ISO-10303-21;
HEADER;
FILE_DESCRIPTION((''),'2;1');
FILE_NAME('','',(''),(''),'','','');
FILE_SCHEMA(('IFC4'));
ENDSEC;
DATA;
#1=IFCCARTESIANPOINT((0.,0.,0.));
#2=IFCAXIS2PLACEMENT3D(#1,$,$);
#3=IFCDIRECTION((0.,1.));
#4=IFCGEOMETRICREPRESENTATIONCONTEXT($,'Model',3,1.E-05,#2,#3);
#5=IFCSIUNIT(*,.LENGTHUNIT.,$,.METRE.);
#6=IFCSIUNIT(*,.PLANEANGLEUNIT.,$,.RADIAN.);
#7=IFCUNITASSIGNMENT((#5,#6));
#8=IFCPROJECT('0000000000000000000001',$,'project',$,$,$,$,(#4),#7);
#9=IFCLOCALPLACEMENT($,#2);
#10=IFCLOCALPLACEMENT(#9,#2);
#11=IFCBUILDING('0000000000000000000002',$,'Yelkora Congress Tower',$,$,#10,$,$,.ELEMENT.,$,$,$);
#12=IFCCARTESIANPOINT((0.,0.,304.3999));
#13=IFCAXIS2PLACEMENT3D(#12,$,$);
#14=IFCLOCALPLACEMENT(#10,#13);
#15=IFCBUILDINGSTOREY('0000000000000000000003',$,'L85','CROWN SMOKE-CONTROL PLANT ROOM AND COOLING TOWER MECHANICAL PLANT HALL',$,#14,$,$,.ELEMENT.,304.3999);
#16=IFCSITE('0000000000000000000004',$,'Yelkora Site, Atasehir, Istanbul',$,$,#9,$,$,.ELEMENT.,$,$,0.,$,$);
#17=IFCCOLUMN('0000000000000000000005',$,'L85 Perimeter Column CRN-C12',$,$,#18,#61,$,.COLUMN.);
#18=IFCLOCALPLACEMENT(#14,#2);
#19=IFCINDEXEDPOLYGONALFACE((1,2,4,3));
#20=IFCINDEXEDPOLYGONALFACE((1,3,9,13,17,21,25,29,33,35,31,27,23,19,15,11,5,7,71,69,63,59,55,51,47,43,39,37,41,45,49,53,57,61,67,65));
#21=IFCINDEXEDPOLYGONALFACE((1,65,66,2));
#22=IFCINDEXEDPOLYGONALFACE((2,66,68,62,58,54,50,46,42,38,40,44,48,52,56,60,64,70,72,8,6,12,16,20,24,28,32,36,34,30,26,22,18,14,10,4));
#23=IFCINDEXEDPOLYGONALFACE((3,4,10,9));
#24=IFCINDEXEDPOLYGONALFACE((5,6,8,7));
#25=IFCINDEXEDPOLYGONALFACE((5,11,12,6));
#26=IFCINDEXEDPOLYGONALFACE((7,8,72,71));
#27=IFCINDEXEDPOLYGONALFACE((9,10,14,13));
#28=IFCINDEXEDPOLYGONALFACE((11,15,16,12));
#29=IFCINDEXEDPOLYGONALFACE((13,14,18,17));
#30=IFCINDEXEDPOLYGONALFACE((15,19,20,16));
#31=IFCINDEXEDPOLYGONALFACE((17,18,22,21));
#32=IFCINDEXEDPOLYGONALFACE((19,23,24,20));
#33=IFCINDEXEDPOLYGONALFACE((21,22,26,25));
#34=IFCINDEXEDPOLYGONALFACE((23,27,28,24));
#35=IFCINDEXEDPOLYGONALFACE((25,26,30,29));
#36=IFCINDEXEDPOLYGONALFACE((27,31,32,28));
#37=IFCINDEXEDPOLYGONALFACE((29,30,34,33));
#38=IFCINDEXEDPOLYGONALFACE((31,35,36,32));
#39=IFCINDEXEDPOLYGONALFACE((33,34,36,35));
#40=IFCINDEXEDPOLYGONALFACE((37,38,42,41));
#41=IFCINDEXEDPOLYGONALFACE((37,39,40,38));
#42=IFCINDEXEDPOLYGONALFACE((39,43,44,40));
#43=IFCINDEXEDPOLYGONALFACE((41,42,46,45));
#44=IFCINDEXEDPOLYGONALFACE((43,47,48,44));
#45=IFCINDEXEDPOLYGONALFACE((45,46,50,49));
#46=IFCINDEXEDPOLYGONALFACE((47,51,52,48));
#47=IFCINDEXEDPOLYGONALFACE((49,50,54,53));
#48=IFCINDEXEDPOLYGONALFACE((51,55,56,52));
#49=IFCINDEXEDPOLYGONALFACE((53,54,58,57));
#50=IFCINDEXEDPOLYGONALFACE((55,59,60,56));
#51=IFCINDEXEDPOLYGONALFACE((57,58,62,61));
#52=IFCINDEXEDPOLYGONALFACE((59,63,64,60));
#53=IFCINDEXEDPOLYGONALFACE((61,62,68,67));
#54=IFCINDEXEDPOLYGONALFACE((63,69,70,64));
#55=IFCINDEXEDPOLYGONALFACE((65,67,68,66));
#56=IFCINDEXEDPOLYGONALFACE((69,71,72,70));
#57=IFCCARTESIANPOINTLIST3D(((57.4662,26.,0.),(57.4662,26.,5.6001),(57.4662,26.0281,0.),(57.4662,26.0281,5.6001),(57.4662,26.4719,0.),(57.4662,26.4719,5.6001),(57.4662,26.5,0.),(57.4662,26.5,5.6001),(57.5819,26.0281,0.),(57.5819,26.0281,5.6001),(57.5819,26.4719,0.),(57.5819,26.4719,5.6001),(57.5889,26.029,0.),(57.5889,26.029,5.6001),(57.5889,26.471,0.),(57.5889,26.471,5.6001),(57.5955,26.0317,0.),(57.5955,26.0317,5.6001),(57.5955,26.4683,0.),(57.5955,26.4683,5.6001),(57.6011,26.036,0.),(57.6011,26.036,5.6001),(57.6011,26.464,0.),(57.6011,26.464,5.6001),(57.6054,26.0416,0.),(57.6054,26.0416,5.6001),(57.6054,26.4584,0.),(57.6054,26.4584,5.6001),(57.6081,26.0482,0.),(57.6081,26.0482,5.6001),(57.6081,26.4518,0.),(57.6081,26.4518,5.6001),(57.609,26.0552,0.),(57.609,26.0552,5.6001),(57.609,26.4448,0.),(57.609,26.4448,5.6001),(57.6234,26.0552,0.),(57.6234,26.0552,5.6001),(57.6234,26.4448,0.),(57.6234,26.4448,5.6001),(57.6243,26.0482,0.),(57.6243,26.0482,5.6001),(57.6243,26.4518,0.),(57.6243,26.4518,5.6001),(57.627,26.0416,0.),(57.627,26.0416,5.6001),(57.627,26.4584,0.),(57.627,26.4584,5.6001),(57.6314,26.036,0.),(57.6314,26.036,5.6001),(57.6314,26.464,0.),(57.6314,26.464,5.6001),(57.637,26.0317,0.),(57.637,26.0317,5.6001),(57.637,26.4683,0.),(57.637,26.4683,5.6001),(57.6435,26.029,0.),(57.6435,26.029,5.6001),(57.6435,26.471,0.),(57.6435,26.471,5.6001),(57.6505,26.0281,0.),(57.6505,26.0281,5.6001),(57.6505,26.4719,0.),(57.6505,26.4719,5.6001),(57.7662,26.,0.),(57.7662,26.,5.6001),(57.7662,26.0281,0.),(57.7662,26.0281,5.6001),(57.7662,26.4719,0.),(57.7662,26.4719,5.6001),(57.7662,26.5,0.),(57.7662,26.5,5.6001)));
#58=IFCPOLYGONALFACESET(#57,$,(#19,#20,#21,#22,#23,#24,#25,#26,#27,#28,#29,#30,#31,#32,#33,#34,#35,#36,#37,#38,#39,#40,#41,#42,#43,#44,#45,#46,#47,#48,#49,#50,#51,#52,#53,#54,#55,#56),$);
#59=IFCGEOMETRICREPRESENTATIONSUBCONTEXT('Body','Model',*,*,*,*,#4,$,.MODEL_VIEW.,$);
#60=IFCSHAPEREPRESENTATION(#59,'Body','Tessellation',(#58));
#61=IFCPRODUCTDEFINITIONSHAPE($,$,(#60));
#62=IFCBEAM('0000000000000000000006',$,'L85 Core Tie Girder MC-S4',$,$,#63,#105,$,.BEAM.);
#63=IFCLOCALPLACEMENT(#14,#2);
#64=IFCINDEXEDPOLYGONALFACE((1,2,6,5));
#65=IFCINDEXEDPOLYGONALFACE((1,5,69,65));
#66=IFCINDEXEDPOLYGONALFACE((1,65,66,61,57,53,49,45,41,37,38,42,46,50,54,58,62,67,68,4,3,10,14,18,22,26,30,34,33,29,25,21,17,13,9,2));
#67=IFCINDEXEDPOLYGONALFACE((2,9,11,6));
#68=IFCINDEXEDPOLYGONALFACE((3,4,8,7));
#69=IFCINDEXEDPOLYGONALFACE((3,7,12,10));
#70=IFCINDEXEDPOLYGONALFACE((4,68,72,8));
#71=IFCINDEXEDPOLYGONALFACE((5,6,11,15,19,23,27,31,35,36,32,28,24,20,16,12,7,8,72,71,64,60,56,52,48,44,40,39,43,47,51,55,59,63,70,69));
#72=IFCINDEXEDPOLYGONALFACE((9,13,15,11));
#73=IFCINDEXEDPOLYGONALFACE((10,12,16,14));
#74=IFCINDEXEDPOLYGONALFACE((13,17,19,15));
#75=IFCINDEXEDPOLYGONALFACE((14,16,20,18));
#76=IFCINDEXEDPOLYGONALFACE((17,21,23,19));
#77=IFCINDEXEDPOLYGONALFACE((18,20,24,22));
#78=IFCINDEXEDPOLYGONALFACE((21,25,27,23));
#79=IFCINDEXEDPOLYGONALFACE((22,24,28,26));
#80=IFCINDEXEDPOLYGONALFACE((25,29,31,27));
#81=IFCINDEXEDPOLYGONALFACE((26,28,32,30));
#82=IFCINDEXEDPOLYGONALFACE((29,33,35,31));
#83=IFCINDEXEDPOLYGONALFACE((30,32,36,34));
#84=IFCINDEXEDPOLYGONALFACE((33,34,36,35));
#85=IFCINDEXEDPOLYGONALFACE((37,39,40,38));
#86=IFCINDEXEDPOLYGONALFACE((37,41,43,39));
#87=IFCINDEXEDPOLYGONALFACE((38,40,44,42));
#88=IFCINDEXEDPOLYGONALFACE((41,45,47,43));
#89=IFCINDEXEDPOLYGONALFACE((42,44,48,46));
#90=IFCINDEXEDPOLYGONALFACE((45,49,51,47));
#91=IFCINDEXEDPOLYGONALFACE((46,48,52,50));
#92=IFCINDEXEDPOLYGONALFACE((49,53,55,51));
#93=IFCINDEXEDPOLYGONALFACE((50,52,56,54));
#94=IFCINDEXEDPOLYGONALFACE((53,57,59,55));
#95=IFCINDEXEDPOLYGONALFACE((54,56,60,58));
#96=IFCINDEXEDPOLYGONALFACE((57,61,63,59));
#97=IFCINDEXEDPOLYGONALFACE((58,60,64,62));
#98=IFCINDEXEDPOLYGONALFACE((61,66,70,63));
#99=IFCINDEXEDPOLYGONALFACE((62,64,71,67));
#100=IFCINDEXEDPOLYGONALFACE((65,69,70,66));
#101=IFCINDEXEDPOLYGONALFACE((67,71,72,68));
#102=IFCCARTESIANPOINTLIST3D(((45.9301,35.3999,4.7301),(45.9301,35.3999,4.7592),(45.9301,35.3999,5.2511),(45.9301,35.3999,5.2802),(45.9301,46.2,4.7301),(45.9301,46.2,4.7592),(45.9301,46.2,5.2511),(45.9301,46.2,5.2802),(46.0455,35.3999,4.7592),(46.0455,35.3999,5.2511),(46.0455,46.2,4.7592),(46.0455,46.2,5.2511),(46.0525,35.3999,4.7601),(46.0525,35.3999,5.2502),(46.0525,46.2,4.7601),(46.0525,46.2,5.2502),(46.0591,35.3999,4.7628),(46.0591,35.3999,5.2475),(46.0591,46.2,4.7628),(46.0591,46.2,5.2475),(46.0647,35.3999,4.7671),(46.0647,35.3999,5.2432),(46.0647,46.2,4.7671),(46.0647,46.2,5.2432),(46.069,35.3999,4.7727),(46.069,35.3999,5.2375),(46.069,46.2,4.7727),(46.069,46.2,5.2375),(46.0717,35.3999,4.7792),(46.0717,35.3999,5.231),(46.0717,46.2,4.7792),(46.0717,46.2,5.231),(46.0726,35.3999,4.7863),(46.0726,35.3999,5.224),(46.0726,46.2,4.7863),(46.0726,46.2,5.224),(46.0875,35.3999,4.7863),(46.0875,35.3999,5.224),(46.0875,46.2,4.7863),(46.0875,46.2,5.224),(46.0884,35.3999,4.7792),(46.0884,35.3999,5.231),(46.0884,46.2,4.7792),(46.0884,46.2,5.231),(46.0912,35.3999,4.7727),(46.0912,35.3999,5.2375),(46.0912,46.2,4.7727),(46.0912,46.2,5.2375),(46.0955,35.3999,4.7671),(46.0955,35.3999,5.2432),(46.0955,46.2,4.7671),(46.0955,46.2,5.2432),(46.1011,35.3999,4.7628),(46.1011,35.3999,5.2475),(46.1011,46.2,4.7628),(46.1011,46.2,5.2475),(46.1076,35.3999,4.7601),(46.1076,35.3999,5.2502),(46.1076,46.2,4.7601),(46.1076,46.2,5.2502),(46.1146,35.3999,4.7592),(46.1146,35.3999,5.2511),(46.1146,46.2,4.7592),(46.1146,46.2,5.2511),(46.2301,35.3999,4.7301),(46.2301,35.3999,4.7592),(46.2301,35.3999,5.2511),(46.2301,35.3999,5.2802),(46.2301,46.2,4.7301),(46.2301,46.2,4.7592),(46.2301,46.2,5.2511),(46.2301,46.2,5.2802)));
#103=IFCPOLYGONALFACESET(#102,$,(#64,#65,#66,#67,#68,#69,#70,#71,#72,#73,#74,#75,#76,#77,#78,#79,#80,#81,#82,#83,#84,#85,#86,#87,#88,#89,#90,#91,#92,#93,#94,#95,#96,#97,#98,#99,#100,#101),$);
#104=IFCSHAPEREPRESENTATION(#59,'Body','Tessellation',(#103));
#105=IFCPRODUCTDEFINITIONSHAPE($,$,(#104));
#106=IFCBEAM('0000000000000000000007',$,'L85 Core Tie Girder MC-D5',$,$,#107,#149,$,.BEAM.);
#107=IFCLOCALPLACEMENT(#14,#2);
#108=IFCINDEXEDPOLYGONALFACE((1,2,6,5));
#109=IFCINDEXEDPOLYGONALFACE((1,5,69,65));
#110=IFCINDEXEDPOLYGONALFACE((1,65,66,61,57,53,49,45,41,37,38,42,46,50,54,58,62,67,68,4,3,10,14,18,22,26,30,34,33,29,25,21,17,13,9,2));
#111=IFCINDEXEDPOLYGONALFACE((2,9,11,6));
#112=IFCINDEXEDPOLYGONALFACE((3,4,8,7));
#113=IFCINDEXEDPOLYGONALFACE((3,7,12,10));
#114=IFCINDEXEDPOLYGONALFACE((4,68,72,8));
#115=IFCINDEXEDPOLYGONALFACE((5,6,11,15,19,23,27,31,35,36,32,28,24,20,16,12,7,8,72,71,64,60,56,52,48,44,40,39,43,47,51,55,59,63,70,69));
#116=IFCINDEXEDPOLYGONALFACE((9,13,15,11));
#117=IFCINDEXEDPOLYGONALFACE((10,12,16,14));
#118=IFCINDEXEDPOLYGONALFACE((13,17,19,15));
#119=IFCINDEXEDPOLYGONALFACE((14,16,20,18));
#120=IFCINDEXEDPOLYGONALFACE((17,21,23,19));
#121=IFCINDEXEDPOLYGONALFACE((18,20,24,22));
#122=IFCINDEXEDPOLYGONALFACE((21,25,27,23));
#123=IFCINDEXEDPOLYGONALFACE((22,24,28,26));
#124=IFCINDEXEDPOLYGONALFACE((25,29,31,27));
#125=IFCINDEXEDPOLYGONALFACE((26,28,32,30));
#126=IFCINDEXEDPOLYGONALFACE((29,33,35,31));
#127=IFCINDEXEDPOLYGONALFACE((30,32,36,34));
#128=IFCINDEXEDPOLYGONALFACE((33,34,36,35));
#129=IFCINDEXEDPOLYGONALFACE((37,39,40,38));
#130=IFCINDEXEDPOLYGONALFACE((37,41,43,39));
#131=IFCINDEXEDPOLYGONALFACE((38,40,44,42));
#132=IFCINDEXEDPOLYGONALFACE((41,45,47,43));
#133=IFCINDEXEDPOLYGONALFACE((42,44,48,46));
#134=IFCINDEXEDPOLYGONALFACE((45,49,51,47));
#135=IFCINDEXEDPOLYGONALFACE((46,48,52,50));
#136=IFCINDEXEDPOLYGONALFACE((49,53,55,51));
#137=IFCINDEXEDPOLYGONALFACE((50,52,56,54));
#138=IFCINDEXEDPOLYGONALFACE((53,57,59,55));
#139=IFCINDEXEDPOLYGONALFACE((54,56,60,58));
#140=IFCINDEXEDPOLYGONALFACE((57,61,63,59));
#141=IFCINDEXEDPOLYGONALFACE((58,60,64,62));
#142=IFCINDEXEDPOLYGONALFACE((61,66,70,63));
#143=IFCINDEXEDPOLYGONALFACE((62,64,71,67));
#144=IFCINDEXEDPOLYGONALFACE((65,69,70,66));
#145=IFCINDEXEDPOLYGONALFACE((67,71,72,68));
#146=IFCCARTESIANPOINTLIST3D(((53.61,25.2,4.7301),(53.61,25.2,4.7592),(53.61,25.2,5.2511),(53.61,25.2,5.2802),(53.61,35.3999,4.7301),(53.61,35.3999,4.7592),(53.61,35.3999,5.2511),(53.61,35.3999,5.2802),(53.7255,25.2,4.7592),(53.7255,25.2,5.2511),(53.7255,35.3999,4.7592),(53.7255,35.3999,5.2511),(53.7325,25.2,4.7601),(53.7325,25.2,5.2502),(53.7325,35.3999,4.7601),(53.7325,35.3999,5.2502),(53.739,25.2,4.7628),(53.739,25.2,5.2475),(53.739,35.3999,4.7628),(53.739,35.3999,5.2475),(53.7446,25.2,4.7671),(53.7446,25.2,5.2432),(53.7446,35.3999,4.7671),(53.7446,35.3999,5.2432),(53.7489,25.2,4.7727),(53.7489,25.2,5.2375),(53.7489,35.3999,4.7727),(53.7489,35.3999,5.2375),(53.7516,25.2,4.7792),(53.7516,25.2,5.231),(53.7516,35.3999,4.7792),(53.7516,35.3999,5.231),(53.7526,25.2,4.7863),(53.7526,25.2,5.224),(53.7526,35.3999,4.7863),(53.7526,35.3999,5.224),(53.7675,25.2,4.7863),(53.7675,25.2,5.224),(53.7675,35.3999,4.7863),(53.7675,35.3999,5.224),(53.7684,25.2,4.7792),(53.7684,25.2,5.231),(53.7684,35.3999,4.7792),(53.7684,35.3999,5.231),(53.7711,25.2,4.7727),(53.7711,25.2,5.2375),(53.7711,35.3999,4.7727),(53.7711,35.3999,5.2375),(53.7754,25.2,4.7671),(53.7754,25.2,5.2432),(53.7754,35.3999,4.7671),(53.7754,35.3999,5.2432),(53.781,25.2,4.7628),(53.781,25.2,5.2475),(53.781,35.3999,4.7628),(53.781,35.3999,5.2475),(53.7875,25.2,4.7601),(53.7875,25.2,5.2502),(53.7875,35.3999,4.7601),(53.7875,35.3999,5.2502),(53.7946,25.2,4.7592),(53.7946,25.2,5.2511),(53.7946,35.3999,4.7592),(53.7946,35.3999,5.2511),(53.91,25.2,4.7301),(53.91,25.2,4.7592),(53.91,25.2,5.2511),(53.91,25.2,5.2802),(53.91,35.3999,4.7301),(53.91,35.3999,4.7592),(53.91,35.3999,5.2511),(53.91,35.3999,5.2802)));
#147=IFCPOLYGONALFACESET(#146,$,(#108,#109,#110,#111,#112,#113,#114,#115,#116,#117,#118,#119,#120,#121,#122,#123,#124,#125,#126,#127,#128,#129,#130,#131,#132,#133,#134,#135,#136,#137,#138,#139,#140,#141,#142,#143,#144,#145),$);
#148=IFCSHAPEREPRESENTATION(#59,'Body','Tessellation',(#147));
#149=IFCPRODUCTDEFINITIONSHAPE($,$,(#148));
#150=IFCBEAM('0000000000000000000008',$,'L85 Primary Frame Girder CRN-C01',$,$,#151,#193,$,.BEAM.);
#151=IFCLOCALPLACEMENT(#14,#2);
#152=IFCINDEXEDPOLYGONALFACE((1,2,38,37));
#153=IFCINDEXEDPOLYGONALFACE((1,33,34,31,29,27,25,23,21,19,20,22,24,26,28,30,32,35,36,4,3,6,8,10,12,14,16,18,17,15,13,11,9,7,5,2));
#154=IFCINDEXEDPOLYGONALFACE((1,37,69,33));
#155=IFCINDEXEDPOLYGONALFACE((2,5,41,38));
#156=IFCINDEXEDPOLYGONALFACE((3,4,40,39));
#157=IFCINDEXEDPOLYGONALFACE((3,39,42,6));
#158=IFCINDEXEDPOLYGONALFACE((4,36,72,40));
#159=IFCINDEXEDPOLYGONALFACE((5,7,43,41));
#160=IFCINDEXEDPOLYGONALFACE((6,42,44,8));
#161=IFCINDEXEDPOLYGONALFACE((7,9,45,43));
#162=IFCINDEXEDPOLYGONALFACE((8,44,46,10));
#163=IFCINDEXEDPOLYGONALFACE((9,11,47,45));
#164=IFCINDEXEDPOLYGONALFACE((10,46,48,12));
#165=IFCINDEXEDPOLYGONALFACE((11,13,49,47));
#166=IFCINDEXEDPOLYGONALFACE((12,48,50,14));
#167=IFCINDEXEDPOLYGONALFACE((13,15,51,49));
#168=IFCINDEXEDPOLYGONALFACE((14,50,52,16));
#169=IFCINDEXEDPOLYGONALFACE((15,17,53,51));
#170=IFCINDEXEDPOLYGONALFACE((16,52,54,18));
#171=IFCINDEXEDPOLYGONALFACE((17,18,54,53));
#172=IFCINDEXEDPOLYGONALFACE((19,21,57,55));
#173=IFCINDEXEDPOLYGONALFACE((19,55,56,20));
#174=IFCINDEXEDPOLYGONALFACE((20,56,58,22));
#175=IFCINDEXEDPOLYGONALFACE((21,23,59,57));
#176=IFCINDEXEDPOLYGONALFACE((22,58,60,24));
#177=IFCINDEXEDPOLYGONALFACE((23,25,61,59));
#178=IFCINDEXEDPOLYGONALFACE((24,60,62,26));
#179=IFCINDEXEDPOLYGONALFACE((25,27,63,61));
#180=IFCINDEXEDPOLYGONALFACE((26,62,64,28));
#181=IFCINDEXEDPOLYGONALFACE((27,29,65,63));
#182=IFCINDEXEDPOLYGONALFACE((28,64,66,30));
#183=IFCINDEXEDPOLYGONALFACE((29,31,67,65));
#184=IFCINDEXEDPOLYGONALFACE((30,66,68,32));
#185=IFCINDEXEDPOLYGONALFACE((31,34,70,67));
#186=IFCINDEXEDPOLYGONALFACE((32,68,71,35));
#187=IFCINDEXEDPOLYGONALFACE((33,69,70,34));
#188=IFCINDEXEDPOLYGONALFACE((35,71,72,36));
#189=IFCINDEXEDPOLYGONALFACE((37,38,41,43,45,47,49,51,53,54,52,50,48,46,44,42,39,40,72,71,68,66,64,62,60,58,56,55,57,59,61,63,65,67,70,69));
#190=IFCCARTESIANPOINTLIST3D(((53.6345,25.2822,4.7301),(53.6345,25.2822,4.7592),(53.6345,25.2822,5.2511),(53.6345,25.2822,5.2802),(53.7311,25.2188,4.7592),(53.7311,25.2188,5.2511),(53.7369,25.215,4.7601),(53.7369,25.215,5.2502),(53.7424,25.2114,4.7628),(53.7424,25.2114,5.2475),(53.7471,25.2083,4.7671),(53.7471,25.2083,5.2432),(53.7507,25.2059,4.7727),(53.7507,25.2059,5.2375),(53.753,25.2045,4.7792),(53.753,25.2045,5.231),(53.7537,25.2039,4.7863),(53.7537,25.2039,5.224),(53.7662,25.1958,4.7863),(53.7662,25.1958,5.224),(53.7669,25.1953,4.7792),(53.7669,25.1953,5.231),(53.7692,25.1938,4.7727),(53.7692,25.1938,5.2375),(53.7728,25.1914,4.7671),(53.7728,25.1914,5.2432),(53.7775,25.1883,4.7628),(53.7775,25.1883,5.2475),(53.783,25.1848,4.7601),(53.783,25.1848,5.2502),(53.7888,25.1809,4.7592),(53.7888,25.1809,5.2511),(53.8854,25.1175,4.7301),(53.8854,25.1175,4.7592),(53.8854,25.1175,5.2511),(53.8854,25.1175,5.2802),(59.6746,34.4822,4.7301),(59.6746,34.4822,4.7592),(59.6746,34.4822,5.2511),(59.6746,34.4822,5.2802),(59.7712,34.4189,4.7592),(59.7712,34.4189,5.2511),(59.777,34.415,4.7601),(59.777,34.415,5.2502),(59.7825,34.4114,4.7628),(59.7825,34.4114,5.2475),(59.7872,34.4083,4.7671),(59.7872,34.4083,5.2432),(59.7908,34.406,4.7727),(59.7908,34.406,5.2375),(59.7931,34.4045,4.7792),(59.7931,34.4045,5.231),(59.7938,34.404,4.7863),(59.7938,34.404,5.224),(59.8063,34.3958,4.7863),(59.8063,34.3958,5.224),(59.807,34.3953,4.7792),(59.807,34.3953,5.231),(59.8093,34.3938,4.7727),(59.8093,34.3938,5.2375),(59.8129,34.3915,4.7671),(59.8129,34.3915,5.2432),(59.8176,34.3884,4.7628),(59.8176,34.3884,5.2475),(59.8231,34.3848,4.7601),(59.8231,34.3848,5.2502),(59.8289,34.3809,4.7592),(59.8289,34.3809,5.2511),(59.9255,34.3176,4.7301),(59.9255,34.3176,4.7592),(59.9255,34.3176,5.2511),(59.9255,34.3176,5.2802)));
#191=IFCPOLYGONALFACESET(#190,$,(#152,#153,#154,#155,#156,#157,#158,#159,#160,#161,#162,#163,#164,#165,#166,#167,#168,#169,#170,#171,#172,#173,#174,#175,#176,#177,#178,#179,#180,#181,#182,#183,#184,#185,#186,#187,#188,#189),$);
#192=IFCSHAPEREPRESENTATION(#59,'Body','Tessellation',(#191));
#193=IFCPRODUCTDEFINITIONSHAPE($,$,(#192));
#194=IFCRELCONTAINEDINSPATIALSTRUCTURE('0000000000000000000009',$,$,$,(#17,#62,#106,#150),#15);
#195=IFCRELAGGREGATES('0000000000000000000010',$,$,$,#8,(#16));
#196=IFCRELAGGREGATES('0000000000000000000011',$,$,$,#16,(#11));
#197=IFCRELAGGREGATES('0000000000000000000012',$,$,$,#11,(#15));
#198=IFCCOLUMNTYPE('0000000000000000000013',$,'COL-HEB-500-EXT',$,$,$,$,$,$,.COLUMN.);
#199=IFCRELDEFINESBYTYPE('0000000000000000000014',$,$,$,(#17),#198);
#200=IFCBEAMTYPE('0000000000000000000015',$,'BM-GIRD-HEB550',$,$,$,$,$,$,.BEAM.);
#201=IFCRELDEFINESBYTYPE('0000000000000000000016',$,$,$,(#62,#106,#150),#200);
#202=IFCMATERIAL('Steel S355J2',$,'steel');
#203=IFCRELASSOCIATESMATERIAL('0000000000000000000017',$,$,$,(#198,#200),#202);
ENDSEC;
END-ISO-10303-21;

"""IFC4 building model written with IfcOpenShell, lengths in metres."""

from ifc_helpers import new_model, si_unit, direction, frame, origin, origin_2d, place, context, subcontext, project, spatial, i_section, extrude, material, material_profile, profile_set, type_object, element, save


model = new_model("IFC4")

# Units and contexts
model_context = context("Model", 3, precision=1e-05, world=origin(), true_north=direction((0.0, 1.0)))
body_context = subcontext(model_context, "Body", "Model", "MODEL_VIEW")
ifc_project = project(units=[si_unit("LENGTHUNIT", "METRE"), si_unit("PLANEANGLEUNIT", "RADIAN")], contexts=[model_context])

# Site, building, storey
site_placement = place(None, origin())
site = spatial("IfcSite", under=ifc_project, at=site_placement, Name="Yelkora Site, Atasehir, Istanbul", CompositionType="ELEMENT", RefElevation=0.0)
building_placement = place(site_placement, origin())
building = spatial("IfcBuilding", under=site, at=building_placement, Name="Yelkora Congress Tower", CompositionType="ELEMENT")
storey_placement = place(building_placement, frame((0.0, 0.0, 304.3999)))
storey = spatial("IfcBuildingStorey", under=building, at=storey_placement, Name="L85", Description="CROWN SMOKE-CONTROL PLANT ROOM AND COOLING TOWER MECHANICAL PLANT HALL", CompositionType="ELEMENT", Elevation=304.3999)

# Column
ifc_material_1 = material(Name="Steel S355J2", Category="steel")
ifc_material_profile_1 = material_profile(ifc_material_1, i_section(OverallWidth=0.3, OverallDepth=0.5, WebThickness=0.0144, FlangeThickness=0.0281, FilletRadius=0.0271, at=origin_2d()), Name="HEB 500")
ifc_profile_set_1 = profile_set([ifc_material_profile_1], Name="Steel S355J2")
column_type_1 = type_object("IfcColumnType", Name="COL-HEB-500-EXT", PredefinedType="COLUMN", material=ifc_profile_set_1)
for number, where, z_axis, x_axis, name in (
    (1, (57.6162, 26.25, 0.0), (0.0, 0.0, 1.0), (1.0, 0.0, 0.0), "L85 Perimeter Column CRN-C12"),
):
    element("IfcColumn", number, at=place(storey_placement, frame(where, z_axis=z_axis, x_axis=x_axis)), inside=storey, type_object=column_type_1, Name=name, PredefinedType="COLUMN", context=body_context, shape_type="SweptSolid", body=[
        extrude(i_section(OverallWidth=0.3, OverallDepth=0.5, WebThickness=0.0144, FlangeThickness=0.0281, FilletRadius=0.0271, at=origin_2d()), origin(), (0.0, 0.0, 1.0), 5.6001),
    ])

# Beams
ifc_material_profile_2 = material_profile(ifc_material_1, i_section(OverallWidth=0.3, OverallDepth=0.55, WebThickness=0.0149, FlangeThickness=0.0291, FilletRadius=0.0271, at=origin_2d()), Name="HEB 550")
ifc_profile_set_2 = profile_set([ifc_material_profile_2], Name="Steel S355J2")
beam_type_1 = type_object("IfcBeamType", Name="BM-GIRD-HEB550", PredefinedType="BEAM", material=ifc_profile_set_2)
beam_1_placement = place(storey_placement, frame((46.0801, 35.3999, 5.0051), z_axis=(0.0, 1.0, 0.0), x_axis=(-1.0, 0.0, 0.0)))
element("IfcBeam", 2, at=beam_1_placement, inside=storey, type_object=beam_type_1, Name="L85 Core Tie Girder MC-S4", PredefinedType="BEAM", context=body_context, shape_type="SweptSolid", body=[
    extrude(i_section(OverallWidth=0.3, OverallDepth=0.55, WebThickness=0.0149, FlangeThickness=0.0291, FilletRadius=0.0271, at=origin_2d()), origin(), (0.0, 0.0, 1.0), 10.8),
])
beam_2_placement = place(storey_placement, frame((53.76, 25.2, 5.0051), z_axis=(0.0, 1.0, 0.0), x_axis=(-1.0, 0.0, 0.0)))
element("IfcBeam", 3, at=beam_2_placement, inside=storey, type_object=beam_type_1, Name="L85 Core Tie Girder MC-D5", PredefinedType="BEAM", context=body_context, shape_type="SweptSolid", body=[
    extrude(i_section(OverallWidth=0.3, OverallDepth=0.55, WebThickness=0.0149, FlangeThickness=0.0291, FilletRadius=0.0271, at=origin_2d()), origin(), (0.0, 0.0, 1.0), 10.2),
])
beam_3_placement = place(storey_placement, frame((59.8, 34.3999, 5.0051), z_axis=(-0.54882, -0.835941, 0.0), x_axis=(0.835941, -0.54882, 0.0)))
element("IfcBeam", 4, at=beam_3_placement, inside=storey, type_object=beam_type_1, Name="L85 Primary Frame Girder CRN-C01", PredefinedType="BEAM", context=body_context, shape_type="SweptSolid", body=[
    extrude(i_section(OverallWidth=0.3, OverallDepth=0.55, WebThickness=0.0149, FlangeThickness=0.0291, FilletRadius=0.0271, at=origin_2d()), origin(), (0.0, 0.0, 1.0), 11.0056),
])

save(model, "model.ifc")
